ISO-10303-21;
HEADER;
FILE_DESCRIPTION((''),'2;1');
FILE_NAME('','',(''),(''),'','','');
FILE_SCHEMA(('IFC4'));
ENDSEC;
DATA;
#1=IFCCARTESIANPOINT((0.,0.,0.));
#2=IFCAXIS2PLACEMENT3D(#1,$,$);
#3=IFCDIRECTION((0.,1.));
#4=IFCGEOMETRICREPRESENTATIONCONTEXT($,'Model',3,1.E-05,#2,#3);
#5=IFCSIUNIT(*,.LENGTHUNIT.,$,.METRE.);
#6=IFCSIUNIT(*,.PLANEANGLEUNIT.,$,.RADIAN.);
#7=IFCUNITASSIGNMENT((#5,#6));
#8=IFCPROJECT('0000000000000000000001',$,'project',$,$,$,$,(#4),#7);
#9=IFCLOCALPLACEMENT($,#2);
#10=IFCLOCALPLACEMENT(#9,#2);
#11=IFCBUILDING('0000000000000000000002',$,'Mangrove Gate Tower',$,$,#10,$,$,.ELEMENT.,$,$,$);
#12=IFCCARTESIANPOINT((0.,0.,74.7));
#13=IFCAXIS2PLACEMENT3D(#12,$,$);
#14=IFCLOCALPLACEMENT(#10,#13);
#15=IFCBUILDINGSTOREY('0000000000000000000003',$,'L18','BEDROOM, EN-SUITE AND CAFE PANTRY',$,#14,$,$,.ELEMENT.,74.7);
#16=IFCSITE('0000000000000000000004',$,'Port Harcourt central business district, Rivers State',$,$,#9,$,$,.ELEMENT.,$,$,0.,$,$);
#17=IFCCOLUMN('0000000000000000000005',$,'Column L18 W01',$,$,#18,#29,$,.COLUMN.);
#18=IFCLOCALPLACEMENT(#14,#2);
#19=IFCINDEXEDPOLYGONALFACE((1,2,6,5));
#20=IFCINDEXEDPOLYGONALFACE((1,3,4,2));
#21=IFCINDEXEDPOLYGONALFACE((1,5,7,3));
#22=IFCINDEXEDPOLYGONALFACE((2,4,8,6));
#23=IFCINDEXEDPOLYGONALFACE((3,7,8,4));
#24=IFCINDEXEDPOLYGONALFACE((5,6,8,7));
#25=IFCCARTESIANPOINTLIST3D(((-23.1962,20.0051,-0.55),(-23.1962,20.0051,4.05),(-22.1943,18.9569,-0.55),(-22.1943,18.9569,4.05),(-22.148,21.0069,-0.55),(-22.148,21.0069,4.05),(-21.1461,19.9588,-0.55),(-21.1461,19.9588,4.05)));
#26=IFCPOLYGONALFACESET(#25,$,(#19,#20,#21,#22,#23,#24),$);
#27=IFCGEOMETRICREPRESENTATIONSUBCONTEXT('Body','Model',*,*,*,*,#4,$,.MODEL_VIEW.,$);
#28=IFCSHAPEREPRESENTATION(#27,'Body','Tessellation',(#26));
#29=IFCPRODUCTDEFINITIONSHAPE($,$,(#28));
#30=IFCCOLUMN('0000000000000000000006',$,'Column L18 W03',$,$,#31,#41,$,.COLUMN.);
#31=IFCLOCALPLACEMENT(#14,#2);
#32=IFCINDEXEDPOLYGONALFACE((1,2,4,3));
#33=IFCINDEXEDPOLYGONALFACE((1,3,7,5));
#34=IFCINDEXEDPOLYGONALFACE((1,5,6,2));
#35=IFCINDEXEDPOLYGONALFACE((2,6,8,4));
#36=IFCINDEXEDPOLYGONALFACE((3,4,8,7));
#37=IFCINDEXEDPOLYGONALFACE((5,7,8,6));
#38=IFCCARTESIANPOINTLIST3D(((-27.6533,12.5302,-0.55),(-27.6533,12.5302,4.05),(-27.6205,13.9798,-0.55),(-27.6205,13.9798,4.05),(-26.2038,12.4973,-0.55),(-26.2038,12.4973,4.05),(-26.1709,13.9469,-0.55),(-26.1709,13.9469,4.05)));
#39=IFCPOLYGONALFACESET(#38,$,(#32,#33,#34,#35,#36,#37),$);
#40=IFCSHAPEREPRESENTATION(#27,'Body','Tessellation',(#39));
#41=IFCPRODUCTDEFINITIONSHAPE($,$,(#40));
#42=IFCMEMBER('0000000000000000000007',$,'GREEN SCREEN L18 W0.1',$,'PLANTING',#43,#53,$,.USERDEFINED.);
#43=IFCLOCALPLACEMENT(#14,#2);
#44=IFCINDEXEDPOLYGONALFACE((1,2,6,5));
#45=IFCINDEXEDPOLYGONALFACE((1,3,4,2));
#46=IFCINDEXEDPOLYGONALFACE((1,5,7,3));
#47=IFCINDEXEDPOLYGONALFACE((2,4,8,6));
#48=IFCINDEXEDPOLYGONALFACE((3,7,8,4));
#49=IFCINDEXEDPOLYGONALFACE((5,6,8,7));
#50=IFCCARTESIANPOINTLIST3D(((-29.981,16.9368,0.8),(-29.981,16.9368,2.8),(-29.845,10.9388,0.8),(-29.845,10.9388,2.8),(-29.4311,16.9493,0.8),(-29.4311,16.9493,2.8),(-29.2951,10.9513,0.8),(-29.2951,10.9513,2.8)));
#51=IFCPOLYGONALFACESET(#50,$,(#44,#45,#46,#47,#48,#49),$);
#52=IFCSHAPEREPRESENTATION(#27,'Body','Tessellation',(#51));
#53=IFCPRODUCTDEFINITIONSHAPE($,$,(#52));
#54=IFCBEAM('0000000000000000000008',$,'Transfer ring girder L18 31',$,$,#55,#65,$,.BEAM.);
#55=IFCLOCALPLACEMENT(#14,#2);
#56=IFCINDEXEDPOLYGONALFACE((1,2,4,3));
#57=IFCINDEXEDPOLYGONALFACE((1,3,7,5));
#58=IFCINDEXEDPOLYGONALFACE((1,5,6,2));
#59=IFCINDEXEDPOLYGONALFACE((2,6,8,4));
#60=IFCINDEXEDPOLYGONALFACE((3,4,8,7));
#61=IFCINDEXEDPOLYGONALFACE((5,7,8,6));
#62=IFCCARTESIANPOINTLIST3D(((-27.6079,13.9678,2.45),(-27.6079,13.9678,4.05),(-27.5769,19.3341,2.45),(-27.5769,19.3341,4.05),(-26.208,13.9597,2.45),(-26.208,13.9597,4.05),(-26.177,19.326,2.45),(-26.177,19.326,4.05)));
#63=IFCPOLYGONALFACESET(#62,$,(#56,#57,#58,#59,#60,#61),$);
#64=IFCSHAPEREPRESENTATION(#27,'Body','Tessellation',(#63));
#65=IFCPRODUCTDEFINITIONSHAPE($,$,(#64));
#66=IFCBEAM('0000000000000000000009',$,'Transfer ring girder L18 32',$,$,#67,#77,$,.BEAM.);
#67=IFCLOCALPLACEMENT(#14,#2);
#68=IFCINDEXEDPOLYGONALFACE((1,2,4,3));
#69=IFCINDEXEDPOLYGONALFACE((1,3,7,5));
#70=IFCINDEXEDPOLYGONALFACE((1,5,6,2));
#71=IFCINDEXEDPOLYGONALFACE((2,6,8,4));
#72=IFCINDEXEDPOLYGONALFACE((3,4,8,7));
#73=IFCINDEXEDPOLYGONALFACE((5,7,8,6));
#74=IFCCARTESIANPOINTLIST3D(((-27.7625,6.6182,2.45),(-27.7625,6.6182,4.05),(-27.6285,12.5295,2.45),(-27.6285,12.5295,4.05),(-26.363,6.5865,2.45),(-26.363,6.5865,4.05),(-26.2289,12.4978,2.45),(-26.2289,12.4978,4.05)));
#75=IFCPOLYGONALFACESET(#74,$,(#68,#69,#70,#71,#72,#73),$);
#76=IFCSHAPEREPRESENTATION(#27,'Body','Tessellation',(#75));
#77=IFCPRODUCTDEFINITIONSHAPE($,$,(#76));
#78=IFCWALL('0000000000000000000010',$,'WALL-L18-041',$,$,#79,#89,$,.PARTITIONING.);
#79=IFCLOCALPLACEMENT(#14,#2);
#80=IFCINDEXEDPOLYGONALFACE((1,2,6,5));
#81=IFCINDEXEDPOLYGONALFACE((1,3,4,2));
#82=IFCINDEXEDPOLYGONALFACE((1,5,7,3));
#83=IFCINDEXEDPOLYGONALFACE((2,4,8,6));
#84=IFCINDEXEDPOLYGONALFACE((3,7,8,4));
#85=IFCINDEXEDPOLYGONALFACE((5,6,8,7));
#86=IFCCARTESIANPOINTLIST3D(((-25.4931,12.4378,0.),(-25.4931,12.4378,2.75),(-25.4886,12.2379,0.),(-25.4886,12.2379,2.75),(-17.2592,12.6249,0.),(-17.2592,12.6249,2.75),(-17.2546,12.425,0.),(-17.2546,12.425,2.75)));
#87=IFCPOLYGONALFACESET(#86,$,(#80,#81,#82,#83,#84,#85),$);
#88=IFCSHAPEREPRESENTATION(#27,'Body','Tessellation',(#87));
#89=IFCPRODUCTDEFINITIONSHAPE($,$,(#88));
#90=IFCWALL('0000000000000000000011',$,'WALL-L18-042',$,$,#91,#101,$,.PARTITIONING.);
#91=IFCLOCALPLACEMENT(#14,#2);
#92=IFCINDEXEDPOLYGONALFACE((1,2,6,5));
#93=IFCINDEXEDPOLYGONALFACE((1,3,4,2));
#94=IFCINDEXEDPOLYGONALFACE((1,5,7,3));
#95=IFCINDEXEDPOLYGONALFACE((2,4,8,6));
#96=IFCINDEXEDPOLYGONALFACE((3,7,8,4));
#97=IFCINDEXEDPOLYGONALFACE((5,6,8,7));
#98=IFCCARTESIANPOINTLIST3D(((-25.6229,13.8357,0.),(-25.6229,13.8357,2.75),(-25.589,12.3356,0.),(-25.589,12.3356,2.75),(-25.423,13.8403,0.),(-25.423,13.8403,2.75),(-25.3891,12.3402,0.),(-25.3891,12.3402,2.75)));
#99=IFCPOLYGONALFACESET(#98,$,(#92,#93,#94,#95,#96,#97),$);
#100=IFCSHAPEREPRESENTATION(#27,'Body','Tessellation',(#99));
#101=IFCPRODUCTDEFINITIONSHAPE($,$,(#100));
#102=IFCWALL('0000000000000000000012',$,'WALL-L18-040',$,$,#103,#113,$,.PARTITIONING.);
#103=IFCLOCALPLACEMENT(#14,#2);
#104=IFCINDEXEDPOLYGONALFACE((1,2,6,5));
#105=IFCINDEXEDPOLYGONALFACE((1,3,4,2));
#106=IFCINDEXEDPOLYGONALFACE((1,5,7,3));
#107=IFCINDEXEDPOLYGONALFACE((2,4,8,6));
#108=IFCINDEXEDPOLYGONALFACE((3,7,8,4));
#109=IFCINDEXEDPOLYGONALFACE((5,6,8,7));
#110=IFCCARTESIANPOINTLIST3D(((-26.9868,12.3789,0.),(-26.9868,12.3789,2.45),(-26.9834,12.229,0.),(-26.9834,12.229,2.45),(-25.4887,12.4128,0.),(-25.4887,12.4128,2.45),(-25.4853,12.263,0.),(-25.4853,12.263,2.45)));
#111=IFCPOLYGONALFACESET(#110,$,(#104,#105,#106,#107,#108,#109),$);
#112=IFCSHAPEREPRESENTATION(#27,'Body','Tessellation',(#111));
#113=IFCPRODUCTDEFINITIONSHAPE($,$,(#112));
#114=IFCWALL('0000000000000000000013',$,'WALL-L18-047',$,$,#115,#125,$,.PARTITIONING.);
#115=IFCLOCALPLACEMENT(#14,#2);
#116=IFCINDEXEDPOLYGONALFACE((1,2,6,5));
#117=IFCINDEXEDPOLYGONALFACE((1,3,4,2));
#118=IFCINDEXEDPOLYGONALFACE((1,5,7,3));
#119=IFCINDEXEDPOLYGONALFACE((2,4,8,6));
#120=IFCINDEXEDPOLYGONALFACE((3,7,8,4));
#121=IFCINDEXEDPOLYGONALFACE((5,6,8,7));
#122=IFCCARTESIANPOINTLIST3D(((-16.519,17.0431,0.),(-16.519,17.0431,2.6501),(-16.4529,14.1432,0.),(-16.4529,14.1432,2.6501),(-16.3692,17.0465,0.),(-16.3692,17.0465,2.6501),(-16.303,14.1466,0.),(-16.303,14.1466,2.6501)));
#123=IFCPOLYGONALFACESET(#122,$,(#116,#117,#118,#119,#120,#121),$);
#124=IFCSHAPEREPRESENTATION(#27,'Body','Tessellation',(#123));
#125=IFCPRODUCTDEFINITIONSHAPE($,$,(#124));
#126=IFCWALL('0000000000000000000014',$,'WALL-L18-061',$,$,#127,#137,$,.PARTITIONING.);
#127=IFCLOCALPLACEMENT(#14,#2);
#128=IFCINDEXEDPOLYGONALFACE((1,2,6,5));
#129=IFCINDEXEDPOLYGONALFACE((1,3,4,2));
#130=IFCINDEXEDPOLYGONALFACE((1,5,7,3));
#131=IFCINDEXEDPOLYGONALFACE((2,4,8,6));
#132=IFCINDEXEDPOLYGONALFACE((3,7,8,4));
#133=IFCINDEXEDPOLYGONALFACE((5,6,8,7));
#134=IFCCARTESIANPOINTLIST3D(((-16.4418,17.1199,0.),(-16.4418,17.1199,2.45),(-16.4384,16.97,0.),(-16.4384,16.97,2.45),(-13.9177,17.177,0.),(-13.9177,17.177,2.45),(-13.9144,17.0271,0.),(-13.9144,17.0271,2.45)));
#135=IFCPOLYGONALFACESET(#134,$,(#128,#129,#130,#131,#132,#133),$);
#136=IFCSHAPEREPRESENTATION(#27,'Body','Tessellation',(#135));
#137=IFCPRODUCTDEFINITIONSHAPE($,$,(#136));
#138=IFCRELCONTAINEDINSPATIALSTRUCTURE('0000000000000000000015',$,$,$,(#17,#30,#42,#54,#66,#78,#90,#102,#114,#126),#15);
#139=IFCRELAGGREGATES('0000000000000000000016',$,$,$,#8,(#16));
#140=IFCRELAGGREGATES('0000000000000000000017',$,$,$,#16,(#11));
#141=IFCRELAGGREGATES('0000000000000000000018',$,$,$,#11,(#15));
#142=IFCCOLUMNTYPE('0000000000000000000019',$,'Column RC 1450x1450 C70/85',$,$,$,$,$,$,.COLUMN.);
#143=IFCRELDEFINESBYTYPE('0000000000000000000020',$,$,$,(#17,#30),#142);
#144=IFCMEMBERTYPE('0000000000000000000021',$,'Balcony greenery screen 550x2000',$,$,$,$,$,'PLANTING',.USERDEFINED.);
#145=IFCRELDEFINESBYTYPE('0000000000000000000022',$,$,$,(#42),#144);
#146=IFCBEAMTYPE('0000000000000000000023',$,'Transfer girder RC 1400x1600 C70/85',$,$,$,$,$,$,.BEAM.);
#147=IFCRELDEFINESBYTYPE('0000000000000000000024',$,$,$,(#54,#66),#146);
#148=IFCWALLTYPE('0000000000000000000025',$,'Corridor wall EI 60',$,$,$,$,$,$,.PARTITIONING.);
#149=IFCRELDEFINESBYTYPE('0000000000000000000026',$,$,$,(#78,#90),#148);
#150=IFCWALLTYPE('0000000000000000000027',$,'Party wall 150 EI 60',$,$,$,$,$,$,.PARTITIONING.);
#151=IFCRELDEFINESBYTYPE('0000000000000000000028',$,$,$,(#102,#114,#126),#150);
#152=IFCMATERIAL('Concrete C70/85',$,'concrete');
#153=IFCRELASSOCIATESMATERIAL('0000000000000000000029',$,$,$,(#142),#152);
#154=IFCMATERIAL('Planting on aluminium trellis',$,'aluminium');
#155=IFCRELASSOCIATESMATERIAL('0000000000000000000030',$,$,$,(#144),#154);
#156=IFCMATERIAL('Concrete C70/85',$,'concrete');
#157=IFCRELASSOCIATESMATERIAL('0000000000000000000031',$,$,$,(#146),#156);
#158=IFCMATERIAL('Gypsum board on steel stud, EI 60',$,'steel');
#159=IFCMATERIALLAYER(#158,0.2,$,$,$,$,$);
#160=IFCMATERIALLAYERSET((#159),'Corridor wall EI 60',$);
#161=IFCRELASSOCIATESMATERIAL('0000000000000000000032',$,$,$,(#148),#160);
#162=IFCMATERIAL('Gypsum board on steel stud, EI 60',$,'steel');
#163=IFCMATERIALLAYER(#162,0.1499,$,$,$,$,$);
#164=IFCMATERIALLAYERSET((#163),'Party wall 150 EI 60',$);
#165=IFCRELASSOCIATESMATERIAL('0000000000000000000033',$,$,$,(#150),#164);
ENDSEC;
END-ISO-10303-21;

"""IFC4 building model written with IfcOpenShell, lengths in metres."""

from ifc_helpers import new_model, si_unit, direction, frame, frame_2d, origin, origin_2d, place, context, subcontext, project, spatial, rectangle, extrude, material, layer, layer_set, material_profile, profile_set, type_object, element, save


model = new_model("IFC4")

# Units and contexts
model_context = context("Model", 3, precision=1e-05, world=origin(), true_north=direction((0.0, 1.0)))
body_context = subcontext(model_context, "Body", "Model", "MODEL_VIEW")
ifc_project = project(units=[si_unit("LENGTHUNIT", "METRE"), si_unit("PLANEANGLEUNIT", "RADIAN")], contexts=[model_context])

# Site, building, storey
site_placement = place(None, origin())
site = spatial("IfcSite", under=ifc_project, at=site_placement, Name="Port Harcourt central business district, Rivers State", CompositionType="ELEMENT", RefElevation=0.0)
building_placement = place(site_placement, origin())
building = spatial("IfcBuilding", under=site, at=building_placement, Name="Mangrove Gate Tower", CompositionType="ELEMENT")
storey_placement = place(building_placement, frame((0.0, 0.0, 74.7)))
storey = spatial("IfcBuildingStorey", under=building, at=storey_placement, Name="L18", Description="BEDROOM, EN-SUITE AND CAFE PANTRY", CompositionType="ELEMENT", Elevation=74.7)

# Columns
ifc_material_1 = material(Name="Concrete C70/85", Category="concrete")
ifc_material_profile_1 = material_profile(ifc_material_1, rectangle(XDim=1.45, YDim=1.45, at=origin_2d()))
ifc_profile_set_1 = profile_set([ifc_material_profile_1], Name="Concrete C70/85")
column_type = type_object("IfcColumnType", Name="Column RC 1450x1450 C70/85", PredefinedType="COLUMN", material=ifc_profile_set_1)
for number, where, z_axis, x_axis, name in (
    (1, (-22.1711, 19.9819, -0.55), (0.0, 0.0, 1.0), (-0.722911, -0.690942, 0.0), "Column L18 W01"),
    (2, (-26.9121, 13.2385, -0.55), (0.0, 0.0, 1.0), (-0.022683, -0.999743, 0.0), "Column L18 W03"),
):
    element("IfcColumn", number, at=place(storey_placement, frame(where, z_axis=z_axis, x_axis=x_axis)), inside=storey, type_object=column_type, Name=name, PredefinedType="COLUMN", context=body_context, shape_type="SweptSolid", body=[
        extrude(rectangle(XDim=1.45, YDim=1.45, at=origin_2d()), origin(), (0.0, 0.0, 1.0), 4.6001),
    ])

# Member
ifc_material_2 = material(Name="Planting on aluminium trellis", Category="aluminium")
ifc_material_profile_2 = material_profile(ifc_material_2, rectangle(XDim=0.55, YDim=2.0, at=origin_2d()))
ifc_profile_set_2 = profile_set([ifc_material_profile_2], Name="Planting on aluminium trellis")
member_type = type_object("IfcMemberType", Name="Balcony greenery screen 550x2000", ElementType="PLANTING", PredefinedType="USERDEFINED", material=ifc_profile_set_2)
member_placement = place(storey_placement, frame((-29.5701, 10.9451, 1.8), z_axis=(-0.022666, 0.999743, 0.0), x_axis=(-0.999743, -0.022666, 0.0)))
element("IfcMember", 3, at=member_placement, inside=storey, type_object=member_type, Name="GREEN SCREEN L18 W0.1", ObjectType="PLANTING", PredefinedType="USERDEFINED", context=body_context, shape_type="SweptSolid", body=[
    extrude(rectangle(XDim=0.55, YDim=2.0, at=origin_2d()), origin(), (0.0, 0.0, 1.0), 5.9995),
])

# Beams
ifc_material_3 = material(Name="Concrete C70/85", Category="concrete")
ifc_material_profile_3 = material_profile(ifc_material_3, rectangle(XDim=1.3999, YDim=1.6001, at=origin_2d()))
ifc_profile_set_3 = profile_set([ifc_material_profile_3], Name="Concrete C70/85")
beam_type = type_object("IfcBeamType", Name="Transfer girder RC 1400x1600 C70/85", PredefinedType="BEAM", material=ifc_profile_set_3)
beam_1_placement = place(storey_placement, frame((-26.877, 19.3301, 3.25), z_axis=(-0.005778, -0.999983, 0.0), x_axis=(0.999983, -0.005778, 0.0)))
element("IfcBeam", 4, at=beam_1_placement, inside=storey, type_object=beam_type, Name="Transfer ring girder L18 31", PredefinedType="BEAM", context=body_context, shape_type="SweptSolid", body=[
    extrude(rectangle(XDim=1.3999, YDim=1.6001, at=origin_2d()), origin(), (0.0, 0.0, 1.0), 5.3665),
])
beam_2_placement = place(storey_placement, frame((-26.9287, 12.5137, 3.25), z_axis=(-0.022668, -0.999743, 0.0), x_axis=(0.999743, -0.022668, 0.0)))
element("IfcBeam", 5, at=beam_2_placement, inside=storey, type_object=beam_type, Name="Transfer ring girder L18 32", PredefinedType="BEAM", context=body_context, shape_type="SweptSolid", body=[
    extrude(rectangle(XDim=1.3999, YDim=1.6001, at=origin_2d()), origin(), (0.0, 0.0, 1.0), 5.9128),
])

# Walls
ifc_material_4 = material(Name="Gypsum board on steel stud, EI 60", Category="steel")
ifc_layer_1 = layer(ifc_material_4, 0.2)
ifc_layer_set_1 = layer_set([ifc_layer_1], Name="Corridor wall EI 60")
wall_type_1 = type_object("IfcWallType", Name="Corridor wall EI 60", PredefinedType="PARTITIONING", material=ifc_layer_set_1)
wall_1_placement = place(storey_placement, frame((-25.491, 12.3379, 0.0), z_axis=(0.0, 0.0, 1.0), x_axis=(0.999742, 0.022707, 0.0)))
element("IfcWall", 6, at=wall_1_placement, inside=storey, type_object=wall_type_1, Name="WALL-L18-041", PredefinedType="PARTITIONING", context=body_context, shape_type="SweptSolid", body=[
    extrude(rectangle(XDim=8.2361, YDim=0.2, at=frame_2d((4.1182, 0.0))), origin(), (0.0, 0.0, 1.0), 2.75),
])
wall_2_placement = place(storey_placement, frame((-25.489, 12.3379, 0.0), z_axis=(0.0, 0.0, 1.0), x_axis=(-0.022618, 0.999744, 0.0)))
element("IfcWall", 7, at=wall_2_placement, inside=storey, type_object=wall_type_1, Name="WALL-L18-042", PredefinedType="PARTITIONING", context=body_context, shape_type="SweptSolid", body=[
    extrude(rectangle(XDim=1.5005, YDim=0.2, at=frame_2d((0.7502, 0.0))), origin(), (0.0, 0.0, 1.0), 2.75),
])

# Walls
ifc_material_5 = material(Name="Gypsum board on steel stud, EI 60", Category="steel")
ifc_layer_2 = layer(ifc_material_5, 0.1499)
ifc_layer_set_2 = layer_set([ifc_layer_2], Name="Party wall 150 EI 60")
wall_type_2 = type_object("IfcWallType", Name="Party wall 150 EI 60", PredefinedType="PARTITIONING", material=ifc_layer_set_2)
wall_3_placement = place(storey_placement, frame((-26.9851, 12.304, 0.0), z_axis=(0.0, 0.0, 1.0), x_axis=(0.999744, 0.022647, 0.0)))
element("IfcWall", 8, at=wall_3_placement, inside=storey, type_object=wall_type_2, Name="WALL-L18-040", PredefinedType="PARTITIONING", context=body_context, shape_type="SweptSolid", body=[
    extrude(rectangle(XDim=1.4985, YDim=0.1499, at=frame_2d((0.7493, 0.0))), origin(), (0.0, 0.0, 1.0), 2.45),
])
wall_4_placement = place(storey_placement, frame((-16.3779, 14.145, 0.0), z_axis=(0.0, 0.0, 1.0), x_axis=(-0.022809, 0.99974, 0.0)))
element("IfcWall", 9, at=wall_4_placement, inside=storey, type_object=wall_type_2, Name="WALL-L18-047", PredefinedType="PARTITIONING", context=body_context, shape_type="SweptSolid", body=[
    extrude(rectangle(XDim=2.9006, YDim=0.1499, at=frame_2d((1.4502, 0.0))), origin(), (0.0, 0.0, 1.0), 2.6501),
])
wall_5_placement = place(storey_placement, frame((-16.4399, 17.0449, 0.0), z_axis=(0.0, 0.0, 1.0), x_axis=(0.999744, 0.022629, 0.0)))
element("IfcWall", 10, at=wall_5_placement, inside=storey, type_object=wall_type_2, Name="WALL-L18-061", PredefinedType="PARTITIONING", context=body_context, shape_type="SweptSolid", body=[
    extrude(rectangle(XDim=2.5247, YDim=0.1499, at=frame_2d((1.2622, 0.0))), origin(), (0.0, 0.0, 1.0), 2.45),
])

save(model, "model.ifc")
